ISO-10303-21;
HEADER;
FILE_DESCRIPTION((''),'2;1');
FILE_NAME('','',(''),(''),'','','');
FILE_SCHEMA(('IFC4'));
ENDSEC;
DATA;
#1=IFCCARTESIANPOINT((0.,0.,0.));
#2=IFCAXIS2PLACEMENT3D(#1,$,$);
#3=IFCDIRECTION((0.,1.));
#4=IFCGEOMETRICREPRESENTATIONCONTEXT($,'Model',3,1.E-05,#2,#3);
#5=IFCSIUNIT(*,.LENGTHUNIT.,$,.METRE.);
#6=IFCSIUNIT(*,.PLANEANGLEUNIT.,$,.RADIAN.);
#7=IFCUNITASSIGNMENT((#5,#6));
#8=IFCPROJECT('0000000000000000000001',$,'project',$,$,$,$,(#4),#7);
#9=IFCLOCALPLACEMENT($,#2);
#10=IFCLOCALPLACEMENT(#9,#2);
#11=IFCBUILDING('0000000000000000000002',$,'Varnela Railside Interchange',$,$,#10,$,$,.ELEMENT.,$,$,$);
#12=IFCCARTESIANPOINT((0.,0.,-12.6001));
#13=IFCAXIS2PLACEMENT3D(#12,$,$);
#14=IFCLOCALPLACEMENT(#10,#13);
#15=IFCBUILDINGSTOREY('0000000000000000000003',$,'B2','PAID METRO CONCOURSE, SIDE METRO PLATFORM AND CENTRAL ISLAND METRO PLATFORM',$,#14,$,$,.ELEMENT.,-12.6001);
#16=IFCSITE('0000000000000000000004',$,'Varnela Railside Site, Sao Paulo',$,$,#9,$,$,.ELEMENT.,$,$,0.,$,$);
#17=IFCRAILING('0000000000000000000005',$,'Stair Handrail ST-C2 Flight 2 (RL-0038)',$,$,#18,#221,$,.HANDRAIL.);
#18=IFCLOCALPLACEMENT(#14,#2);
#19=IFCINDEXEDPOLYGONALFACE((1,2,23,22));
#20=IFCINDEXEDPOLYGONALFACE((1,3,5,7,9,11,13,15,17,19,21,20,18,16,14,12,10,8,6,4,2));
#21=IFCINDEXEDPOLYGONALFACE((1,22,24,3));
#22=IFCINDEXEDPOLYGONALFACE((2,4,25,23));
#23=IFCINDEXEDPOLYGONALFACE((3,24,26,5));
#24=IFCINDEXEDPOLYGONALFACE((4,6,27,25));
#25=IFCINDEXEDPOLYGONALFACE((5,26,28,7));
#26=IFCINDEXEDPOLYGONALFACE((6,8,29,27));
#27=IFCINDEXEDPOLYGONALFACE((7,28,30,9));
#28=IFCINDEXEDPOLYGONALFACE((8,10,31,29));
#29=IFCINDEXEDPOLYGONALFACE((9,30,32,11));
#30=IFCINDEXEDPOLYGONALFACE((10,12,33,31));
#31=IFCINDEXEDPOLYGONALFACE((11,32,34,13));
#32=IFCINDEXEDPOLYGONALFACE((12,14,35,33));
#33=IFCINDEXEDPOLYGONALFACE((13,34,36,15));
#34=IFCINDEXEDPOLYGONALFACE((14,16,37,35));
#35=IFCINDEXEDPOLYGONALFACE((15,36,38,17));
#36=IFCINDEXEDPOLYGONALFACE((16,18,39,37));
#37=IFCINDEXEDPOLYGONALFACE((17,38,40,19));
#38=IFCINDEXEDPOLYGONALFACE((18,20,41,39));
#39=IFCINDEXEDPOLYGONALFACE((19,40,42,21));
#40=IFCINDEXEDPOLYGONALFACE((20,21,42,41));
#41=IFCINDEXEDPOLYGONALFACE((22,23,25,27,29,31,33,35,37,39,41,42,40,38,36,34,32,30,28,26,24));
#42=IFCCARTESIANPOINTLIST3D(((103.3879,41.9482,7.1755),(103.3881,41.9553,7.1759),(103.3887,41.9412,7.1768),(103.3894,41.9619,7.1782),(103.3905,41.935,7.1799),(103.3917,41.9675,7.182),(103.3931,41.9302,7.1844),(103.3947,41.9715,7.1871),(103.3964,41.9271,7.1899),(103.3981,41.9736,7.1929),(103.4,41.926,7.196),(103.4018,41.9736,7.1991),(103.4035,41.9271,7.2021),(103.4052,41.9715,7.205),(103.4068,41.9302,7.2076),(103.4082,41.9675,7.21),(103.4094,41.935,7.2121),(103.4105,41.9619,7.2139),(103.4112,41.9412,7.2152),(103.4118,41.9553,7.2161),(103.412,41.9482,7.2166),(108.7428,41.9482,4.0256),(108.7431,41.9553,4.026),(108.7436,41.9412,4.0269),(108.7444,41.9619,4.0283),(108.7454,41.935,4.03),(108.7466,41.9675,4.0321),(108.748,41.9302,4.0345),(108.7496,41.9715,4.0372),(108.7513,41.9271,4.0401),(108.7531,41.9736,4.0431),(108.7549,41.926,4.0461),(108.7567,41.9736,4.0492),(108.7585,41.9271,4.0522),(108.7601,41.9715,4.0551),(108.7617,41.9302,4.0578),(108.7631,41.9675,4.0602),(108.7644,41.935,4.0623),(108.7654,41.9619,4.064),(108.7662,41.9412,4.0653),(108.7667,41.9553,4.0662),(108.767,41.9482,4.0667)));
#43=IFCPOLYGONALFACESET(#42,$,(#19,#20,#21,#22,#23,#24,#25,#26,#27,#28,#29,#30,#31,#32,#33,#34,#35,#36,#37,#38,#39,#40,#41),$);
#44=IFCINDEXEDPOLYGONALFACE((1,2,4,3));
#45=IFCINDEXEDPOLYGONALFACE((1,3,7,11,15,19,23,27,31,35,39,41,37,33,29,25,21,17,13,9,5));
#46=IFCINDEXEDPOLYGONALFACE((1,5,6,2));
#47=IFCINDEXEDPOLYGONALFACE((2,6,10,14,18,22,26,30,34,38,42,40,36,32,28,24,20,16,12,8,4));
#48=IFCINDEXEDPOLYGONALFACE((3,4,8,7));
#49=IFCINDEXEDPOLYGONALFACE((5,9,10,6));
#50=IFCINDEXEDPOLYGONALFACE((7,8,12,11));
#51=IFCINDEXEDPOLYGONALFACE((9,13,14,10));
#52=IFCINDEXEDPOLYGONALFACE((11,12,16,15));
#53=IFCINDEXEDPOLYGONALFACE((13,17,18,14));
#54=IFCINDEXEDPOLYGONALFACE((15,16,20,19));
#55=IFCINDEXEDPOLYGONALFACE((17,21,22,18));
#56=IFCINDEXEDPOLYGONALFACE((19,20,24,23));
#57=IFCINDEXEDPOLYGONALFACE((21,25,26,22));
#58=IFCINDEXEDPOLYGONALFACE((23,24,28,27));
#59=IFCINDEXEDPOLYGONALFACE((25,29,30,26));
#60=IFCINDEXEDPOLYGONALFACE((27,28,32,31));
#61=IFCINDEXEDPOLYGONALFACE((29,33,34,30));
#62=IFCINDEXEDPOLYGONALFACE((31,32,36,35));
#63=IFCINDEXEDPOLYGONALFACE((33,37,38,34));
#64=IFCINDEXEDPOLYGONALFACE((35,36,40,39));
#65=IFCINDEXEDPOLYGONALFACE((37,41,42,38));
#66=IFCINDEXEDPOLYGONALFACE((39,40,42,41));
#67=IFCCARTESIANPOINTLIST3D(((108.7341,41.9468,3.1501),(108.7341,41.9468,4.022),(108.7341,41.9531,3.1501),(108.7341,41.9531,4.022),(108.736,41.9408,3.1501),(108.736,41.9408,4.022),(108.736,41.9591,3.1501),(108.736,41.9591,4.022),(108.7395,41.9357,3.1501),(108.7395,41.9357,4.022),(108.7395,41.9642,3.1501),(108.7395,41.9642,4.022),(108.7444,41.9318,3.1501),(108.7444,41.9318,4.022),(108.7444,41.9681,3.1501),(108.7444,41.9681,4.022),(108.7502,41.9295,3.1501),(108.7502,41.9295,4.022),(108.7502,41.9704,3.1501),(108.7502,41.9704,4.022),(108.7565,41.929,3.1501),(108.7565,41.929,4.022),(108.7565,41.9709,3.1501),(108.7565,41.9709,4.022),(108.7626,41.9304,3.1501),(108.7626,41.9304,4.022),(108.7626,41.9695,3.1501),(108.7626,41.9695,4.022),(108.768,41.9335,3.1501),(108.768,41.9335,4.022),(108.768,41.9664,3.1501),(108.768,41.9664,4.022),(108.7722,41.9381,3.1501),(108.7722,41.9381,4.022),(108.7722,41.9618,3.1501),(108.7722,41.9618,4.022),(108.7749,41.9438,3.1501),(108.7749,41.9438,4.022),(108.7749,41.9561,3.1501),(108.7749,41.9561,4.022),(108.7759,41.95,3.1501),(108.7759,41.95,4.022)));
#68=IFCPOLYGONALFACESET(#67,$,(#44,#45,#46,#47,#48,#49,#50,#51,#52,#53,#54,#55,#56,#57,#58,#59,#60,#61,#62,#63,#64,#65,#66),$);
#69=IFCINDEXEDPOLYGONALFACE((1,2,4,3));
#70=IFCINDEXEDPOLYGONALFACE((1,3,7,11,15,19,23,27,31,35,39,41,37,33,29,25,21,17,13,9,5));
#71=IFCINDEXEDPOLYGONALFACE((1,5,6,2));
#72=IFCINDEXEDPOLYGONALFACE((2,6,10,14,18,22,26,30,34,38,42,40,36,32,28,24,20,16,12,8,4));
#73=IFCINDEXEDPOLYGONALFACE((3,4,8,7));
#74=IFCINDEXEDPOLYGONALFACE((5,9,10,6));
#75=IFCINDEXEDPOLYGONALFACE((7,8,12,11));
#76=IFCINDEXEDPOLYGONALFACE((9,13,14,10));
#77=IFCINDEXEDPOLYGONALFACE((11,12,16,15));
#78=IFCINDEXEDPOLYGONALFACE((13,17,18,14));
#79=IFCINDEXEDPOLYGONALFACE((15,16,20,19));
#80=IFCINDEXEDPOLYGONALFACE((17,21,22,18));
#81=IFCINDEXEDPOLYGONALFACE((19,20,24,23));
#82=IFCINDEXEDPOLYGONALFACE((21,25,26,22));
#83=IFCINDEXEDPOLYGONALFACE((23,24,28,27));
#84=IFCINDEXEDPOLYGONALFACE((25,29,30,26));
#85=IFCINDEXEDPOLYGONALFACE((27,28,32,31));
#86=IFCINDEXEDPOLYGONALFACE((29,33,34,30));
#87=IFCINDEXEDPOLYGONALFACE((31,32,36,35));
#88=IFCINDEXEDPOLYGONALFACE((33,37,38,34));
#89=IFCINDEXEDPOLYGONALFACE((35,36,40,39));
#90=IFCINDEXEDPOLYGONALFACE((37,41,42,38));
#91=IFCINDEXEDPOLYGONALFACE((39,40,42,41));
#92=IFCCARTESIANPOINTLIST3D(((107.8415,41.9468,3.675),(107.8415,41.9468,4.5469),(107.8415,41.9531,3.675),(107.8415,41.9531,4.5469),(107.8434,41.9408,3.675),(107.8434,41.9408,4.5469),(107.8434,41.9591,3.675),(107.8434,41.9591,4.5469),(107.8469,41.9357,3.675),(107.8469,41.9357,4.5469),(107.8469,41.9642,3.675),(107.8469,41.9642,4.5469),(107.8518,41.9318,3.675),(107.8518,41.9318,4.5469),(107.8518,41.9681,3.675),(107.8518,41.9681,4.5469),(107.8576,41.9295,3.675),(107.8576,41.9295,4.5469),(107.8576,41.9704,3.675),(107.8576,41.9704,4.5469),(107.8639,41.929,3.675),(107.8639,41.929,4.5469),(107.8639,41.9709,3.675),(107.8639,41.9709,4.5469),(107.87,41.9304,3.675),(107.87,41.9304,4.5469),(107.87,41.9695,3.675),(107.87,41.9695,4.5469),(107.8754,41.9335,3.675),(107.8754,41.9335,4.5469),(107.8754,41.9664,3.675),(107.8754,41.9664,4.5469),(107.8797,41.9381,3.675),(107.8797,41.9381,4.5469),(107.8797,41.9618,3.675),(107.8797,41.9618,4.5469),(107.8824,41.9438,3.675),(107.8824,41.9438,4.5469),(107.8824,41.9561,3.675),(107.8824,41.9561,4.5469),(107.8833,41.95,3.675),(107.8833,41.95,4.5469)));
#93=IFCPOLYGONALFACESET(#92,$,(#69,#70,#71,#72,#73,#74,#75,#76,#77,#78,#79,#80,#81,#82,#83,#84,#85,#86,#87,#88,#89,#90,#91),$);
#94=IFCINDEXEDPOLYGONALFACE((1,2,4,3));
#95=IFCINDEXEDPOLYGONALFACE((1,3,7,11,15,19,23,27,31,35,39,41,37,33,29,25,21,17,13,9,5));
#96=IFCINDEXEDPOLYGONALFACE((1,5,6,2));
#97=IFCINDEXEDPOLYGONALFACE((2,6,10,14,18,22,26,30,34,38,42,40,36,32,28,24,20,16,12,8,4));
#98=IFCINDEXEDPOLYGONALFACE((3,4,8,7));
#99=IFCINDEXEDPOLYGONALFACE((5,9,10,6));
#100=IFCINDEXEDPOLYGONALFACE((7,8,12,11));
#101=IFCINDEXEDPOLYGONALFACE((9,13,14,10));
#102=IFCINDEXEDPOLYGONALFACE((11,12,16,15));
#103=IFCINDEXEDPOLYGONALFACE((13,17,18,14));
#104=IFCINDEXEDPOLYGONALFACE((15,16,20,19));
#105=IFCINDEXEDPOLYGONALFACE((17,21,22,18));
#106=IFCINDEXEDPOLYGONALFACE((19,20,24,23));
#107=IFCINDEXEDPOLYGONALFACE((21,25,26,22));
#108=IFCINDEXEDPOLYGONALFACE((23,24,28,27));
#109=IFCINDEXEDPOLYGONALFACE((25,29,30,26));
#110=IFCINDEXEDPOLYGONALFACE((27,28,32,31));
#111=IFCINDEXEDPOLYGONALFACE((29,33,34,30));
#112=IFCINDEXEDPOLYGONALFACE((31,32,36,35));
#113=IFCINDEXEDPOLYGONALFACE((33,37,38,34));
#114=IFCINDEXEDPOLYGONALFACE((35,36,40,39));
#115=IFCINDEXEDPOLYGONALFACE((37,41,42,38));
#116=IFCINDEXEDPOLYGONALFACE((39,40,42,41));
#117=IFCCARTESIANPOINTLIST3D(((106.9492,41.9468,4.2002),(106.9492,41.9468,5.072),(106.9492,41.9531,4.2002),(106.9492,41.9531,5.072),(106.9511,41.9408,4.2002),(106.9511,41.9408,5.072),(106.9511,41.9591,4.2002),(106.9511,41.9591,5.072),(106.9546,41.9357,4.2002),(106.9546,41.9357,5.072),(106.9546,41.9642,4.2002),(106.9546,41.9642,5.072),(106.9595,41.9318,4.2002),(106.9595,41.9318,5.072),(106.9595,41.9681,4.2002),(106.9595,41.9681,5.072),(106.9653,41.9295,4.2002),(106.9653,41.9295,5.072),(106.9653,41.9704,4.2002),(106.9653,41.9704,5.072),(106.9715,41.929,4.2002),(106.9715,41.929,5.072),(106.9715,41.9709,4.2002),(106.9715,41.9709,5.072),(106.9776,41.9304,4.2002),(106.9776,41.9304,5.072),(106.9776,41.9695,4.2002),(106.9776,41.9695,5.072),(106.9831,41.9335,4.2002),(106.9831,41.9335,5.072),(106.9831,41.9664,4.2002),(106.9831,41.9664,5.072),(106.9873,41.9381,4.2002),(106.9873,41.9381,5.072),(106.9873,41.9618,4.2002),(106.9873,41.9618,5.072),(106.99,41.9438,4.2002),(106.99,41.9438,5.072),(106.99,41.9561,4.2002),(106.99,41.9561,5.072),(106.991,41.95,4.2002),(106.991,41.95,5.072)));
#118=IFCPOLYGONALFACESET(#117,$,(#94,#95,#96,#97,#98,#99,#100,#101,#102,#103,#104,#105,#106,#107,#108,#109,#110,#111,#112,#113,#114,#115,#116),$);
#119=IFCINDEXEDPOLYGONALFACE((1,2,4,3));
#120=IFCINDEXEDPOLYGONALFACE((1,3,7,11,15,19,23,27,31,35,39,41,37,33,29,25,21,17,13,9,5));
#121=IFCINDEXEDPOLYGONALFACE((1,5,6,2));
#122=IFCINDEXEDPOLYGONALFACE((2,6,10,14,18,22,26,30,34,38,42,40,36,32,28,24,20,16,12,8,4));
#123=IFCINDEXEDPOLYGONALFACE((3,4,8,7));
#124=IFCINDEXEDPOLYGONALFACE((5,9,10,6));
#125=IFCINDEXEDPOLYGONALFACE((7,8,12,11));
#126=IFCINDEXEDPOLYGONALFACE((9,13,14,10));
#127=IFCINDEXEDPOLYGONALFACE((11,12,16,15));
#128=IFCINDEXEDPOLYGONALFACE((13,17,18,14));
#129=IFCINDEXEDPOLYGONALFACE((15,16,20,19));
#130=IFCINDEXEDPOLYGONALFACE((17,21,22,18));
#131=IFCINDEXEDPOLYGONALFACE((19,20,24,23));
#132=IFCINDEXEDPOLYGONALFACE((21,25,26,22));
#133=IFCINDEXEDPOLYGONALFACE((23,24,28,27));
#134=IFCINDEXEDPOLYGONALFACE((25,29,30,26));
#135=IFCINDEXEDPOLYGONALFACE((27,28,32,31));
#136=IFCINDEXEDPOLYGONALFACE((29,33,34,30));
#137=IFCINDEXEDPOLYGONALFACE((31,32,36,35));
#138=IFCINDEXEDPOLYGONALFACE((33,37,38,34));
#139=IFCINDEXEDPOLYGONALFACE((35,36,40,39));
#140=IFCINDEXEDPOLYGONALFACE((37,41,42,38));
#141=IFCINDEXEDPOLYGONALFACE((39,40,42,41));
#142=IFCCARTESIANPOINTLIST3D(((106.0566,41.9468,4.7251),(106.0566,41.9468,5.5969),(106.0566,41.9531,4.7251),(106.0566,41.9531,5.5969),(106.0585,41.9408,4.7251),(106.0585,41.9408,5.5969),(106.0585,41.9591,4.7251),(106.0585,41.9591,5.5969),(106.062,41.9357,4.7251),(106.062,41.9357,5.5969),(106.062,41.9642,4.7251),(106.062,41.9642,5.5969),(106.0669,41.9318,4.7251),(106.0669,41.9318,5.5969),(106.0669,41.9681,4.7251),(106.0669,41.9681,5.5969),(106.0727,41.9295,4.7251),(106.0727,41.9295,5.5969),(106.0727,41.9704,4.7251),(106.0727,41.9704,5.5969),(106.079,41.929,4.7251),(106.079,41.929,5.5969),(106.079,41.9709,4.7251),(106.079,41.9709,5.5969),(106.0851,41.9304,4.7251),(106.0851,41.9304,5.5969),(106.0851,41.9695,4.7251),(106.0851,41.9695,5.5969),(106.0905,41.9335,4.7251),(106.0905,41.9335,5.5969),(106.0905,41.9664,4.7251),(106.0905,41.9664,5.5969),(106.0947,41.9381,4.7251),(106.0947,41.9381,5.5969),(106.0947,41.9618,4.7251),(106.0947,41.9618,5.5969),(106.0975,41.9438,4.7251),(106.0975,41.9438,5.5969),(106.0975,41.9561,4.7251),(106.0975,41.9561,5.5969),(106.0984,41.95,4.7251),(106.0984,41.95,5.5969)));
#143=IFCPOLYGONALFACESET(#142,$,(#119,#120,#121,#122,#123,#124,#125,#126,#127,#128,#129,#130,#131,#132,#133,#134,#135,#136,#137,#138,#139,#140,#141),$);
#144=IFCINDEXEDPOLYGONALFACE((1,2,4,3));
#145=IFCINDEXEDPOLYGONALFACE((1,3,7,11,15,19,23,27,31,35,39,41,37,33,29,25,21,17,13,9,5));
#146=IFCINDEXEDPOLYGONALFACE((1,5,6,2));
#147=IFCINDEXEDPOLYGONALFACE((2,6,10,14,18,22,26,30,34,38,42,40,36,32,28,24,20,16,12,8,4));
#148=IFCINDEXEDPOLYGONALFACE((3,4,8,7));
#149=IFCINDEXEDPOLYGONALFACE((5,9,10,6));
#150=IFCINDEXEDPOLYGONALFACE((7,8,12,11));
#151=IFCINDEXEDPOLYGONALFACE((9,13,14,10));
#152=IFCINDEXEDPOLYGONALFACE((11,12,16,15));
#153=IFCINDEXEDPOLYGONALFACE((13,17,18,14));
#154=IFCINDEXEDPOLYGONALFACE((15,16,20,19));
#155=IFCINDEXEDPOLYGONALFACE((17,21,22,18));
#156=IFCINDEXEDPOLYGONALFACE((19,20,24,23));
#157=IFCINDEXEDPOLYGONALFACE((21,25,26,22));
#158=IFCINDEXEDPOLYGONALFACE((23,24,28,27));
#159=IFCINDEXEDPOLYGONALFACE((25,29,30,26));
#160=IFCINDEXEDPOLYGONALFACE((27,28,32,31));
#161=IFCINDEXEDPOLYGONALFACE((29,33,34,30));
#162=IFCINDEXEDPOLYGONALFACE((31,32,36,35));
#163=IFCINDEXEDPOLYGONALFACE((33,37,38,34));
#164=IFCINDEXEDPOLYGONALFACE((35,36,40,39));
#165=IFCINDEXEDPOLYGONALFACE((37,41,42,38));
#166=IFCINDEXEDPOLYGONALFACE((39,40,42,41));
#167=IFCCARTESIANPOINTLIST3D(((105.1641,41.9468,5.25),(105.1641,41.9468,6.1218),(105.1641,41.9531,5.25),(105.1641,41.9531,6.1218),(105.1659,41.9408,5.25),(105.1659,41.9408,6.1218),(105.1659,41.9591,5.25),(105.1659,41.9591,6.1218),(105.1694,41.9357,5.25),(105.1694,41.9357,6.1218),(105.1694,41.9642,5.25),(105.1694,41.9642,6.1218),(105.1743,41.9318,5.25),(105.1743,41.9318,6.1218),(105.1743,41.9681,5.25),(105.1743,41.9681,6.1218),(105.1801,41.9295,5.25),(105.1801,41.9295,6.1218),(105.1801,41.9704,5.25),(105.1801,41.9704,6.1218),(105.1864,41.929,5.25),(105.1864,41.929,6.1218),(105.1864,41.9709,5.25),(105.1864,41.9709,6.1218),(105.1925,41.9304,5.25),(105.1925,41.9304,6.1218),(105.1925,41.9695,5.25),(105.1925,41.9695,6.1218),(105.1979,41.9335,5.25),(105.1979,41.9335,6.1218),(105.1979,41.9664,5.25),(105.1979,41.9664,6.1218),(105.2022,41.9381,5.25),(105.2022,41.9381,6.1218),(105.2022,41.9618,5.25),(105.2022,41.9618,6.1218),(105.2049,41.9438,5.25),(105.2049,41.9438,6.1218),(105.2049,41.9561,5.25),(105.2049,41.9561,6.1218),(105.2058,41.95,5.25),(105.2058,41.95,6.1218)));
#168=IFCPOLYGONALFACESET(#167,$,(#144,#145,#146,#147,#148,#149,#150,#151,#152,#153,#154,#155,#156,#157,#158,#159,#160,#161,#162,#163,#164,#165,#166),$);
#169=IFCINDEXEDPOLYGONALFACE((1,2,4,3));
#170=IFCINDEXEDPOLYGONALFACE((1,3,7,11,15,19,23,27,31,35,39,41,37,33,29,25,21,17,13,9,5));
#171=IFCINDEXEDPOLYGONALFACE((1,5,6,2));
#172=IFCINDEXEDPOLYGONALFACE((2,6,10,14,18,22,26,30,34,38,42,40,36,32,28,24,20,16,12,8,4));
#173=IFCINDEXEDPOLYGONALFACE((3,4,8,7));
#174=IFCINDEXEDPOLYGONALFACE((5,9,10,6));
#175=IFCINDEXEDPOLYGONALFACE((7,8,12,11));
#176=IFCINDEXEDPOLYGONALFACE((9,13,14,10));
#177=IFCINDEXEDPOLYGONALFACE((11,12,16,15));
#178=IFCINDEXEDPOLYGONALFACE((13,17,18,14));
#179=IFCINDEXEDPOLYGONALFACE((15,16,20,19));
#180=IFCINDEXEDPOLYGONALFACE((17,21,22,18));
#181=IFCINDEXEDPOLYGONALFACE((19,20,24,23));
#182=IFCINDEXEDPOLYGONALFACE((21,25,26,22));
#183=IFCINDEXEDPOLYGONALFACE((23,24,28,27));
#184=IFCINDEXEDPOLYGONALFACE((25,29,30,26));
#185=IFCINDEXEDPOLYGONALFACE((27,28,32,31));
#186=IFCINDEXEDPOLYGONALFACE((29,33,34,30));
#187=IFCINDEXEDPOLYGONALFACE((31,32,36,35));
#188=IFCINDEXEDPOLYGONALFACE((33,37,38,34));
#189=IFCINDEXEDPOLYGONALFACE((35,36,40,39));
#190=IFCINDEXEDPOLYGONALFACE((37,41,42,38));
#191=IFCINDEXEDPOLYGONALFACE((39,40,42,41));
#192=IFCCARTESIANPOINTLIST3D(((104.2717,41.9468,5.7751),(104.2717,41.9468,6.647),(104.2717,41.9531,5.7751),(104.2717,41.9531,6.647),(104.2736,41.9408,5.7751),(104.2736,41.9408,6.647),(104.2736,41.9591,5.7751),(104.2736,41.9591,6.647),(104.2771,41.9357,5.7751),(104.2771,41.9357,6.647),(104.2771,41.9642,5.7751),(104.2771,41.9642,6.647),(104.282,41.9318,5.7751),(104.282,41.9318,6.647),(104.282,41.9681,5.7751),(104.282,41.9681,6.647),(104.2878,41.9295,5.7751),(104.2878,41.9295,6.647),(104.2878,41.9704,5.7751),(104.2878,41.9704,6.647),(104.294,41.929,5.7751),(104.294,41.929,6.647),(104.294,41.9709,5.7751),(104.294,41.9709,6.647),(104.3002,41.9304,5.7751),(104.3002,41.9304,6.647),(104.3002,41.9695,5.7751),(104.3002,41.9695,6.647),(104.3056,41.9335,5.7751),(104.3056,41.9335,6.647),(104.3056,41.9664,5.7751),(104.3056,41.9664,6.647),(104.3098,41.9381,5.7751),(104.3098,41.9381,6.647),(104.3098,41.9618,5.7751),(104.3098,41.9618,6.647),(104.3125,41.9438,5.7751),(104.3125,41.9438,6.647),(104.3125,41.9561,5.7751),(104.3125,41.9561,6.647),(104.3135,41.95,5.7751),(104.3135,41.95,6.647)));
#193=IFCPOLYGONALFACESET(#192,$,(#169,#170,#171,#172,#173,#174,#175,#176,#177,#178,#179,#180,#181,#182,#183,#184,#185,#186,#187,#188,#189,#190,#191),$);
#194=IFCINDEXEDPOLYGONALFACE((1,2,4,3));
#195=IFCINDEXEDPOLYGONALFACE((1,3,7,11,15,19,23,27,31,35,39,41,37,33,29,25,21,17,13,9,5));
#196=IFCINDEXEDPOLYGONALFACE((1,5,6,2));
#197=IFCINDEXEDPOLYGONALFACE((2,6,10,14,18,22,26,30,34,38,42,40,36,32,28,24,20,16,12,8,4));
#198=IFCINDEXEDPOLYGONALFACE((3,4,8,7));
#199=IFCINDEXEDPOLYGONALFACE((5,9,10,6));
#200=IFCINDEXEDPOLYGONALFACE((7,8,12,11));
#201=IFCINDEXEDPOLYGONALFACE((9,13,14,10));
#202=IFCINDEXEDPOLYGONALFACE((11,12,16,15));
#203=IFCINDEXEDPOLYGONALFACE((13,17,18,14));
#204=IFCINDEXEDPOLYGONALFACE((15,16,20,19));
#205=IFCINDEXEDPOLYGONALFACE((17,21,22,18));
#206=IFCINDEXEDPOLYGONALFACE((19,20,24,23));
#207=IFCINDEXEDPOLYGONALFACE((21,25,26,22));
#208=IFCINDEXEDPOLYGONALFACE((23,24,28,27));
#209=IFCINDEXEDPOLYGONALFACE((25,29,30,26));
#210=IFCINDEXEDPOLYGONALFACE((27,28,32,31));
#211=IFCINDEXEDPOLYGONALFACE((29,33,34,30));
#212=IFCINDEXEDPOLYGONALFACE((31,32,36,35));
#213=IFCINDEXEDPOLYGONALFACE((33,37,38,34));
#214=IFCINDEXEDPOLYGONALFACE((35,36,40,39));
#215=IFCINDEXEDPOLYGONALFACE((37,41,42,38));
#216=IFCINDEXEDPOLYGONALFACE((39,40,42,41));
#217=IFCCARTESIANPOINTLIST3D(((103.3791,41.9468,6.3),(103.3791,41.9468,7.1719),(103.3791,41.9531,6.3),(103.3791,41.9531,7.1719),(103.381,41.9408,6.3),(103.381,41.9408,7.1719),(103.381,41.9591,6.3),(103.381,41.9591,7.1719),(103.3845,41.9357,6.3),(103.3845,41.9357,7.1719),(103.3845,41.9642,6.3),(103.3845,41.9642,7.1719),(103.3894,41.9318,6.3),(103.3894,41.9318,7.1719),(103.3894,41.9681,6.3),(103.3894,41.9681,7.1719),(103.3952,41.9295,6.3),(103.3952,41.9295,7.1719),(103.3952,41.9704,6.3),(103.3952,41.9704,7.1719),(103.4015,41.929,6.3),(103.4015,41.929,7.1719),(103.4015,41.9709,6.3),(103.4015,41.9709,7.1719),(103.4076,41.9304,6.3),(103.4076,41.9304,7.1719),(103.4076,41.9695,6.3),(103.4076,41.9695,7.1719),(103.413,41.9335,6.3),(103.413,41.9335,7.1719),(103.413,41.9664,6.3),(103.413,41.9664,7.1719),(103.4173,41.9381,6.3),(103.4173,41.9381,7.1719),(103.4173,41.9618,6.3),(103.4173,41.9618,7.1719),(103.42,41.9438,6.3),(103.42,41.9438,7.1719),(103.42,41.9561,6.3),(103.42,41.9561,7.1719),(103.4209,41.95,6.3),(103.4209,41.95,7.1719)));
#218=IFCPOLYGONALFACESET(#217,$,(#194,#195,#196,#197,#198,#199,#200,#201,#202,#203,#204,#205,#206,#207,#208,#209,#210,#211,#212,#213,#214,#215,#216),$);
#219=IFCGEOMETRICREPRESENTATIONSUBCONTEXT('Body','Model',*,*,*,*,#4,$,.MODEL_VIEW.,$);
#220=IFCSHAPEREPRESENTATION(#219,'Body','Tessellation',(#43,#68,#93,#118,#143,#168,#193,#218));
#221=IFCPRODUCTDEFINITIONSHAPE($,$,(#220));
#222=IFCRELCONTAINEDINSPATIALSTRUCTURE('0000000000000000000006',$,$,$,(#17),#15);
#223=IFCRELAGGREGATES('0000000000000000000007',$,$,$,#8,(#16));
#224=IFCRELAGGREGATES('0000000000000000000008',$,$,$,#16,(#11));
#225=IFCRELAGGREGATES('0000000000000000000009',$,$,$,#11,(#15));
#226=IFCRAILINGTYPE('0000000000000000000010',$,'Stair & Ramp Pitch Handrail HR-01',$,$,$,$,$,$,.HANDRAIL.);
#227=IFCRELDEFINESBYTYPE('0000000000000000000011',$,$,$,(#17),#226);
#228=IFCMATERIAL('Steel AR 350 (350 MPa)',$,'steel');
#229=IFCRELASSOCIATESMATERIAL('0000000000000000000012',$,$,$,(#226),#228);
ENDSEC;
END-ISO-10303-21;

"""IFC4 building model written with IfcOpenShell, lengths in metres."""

from ifc_helpers import new_model, si_unit, direction, frame, origin, origin_2d, place, context, subcontext, project, spatial, circle, extrude, material, type_object, element, save


model = new_model("IFC4")

# Units and contexts
model_context = context("Model", 3, precision=1e-05, world=origin(), true_north=direction((0.0, 1.0)))
body_context = subcontext(model_context, "Body", "Model", "MODEL_VIEW")
ifc_project = project(units=[si_unit("LENGTHUNIT", "METRE"), si_unit("PLANEANGLEUNIT", "RADIAN")], contexts=[model_context])

# Site, building, storey
site_placement = place(None, origin())
site = spatial("IfcSite", under=ifc_project, at=site_placement, Name="Varnela Railside Site, Sao Paulo", CompositionType="ELEMENT", RefElevation=0.0)
building_placement = place(site_placement, origin())
building = spatial("IfcBuilding", under=site, at=building_placement, Name="Varnela Railside Interchange", CompositionType="ELEMENT")
storey_placement = place(building_placement, frame((0.0, 0.0, -12.6001)))
storey = spatial("IfcBuildingStorey", under=building, at=storey_placement, Name="B2", Description="PAID METRO CONCOURSE, SIDE METRO PLATFORM AND CENTRAL ISLAND METRO PLATFORM", CompositionType="ELEMENT", Elevation=-12.6001)

# Shared definitions
ifc_material_1 = material(Name="Steel AR 350 (350 MPa)", Category="steel")

# Railing
railing_type_1 = type_object("IfcRailingType", Name="Stair & Ramp Pitch Handrail HR-01", PredefinedType="HANDRAIL", material=ifc_material_1)
railing_1_placement = place(storey_placement, frame((108.7549, 41.95, 3.1501)))
element("IfcRailing", 1, at=railing_1_placement, inside=storey, type_object=railing_type_1, Name="Stair Handrail ST-C2 Flight 2 (RL-0038)", PredefinedType="HANDRAIL", context=body_context, shape_type="SweptSolid", body=[
    extrude(circle(Radius=0.0239, at=origin_2d()), frame((0.0, 0.0, 0.896), z_axis=(-0.86194, 0.0, 0.50701), x_axis=(0.0, -1.0, 0.0)), (0.0, 0.0, 1.0), 6.2126),
    extrude(circle(Radius=0.021, at=origin_2d()), origin(), (0.0, 0.0, 1.0), 0.8718),
    extrude(circle(Radius=0.021, at=origin_2d()), frame((-0.8926, 0.0, 0.5249)), (0.0, 0.0, 1.0), 0.8718),
    extrude(circle(Radius=0.021, at=origin_2d()), frame((-1.7849, 0.0, 1.05)), (0.0, 0.0, 1.0), 0.8718),
    extrude(circle(Radius=0.021, at=origin_2d()), frame((-2.6775, 0.0, 1.575)), (0.0, 0.0, 1.0), 0.8718),
    extrude(circle(Radius=0.021, at=origin_2d()), frame((-3.5701, 0.0, 2.0999)), (0.0, 0.0, 1.0), 0.8718),
    extrude(circle(Radius=0.021, at=origin_2d()), frame((-4.4624, 0.0, 2.625)), (0.0, 0.0, 1.0), 0.8718),
    extrude(circle(Radius=0.021, at=origin_2d()), frame((-5.355, 0.0, 3.1499)), (0.0, 0.0, 1.0), 0.8718),
])

save(model, "model.ifc")
